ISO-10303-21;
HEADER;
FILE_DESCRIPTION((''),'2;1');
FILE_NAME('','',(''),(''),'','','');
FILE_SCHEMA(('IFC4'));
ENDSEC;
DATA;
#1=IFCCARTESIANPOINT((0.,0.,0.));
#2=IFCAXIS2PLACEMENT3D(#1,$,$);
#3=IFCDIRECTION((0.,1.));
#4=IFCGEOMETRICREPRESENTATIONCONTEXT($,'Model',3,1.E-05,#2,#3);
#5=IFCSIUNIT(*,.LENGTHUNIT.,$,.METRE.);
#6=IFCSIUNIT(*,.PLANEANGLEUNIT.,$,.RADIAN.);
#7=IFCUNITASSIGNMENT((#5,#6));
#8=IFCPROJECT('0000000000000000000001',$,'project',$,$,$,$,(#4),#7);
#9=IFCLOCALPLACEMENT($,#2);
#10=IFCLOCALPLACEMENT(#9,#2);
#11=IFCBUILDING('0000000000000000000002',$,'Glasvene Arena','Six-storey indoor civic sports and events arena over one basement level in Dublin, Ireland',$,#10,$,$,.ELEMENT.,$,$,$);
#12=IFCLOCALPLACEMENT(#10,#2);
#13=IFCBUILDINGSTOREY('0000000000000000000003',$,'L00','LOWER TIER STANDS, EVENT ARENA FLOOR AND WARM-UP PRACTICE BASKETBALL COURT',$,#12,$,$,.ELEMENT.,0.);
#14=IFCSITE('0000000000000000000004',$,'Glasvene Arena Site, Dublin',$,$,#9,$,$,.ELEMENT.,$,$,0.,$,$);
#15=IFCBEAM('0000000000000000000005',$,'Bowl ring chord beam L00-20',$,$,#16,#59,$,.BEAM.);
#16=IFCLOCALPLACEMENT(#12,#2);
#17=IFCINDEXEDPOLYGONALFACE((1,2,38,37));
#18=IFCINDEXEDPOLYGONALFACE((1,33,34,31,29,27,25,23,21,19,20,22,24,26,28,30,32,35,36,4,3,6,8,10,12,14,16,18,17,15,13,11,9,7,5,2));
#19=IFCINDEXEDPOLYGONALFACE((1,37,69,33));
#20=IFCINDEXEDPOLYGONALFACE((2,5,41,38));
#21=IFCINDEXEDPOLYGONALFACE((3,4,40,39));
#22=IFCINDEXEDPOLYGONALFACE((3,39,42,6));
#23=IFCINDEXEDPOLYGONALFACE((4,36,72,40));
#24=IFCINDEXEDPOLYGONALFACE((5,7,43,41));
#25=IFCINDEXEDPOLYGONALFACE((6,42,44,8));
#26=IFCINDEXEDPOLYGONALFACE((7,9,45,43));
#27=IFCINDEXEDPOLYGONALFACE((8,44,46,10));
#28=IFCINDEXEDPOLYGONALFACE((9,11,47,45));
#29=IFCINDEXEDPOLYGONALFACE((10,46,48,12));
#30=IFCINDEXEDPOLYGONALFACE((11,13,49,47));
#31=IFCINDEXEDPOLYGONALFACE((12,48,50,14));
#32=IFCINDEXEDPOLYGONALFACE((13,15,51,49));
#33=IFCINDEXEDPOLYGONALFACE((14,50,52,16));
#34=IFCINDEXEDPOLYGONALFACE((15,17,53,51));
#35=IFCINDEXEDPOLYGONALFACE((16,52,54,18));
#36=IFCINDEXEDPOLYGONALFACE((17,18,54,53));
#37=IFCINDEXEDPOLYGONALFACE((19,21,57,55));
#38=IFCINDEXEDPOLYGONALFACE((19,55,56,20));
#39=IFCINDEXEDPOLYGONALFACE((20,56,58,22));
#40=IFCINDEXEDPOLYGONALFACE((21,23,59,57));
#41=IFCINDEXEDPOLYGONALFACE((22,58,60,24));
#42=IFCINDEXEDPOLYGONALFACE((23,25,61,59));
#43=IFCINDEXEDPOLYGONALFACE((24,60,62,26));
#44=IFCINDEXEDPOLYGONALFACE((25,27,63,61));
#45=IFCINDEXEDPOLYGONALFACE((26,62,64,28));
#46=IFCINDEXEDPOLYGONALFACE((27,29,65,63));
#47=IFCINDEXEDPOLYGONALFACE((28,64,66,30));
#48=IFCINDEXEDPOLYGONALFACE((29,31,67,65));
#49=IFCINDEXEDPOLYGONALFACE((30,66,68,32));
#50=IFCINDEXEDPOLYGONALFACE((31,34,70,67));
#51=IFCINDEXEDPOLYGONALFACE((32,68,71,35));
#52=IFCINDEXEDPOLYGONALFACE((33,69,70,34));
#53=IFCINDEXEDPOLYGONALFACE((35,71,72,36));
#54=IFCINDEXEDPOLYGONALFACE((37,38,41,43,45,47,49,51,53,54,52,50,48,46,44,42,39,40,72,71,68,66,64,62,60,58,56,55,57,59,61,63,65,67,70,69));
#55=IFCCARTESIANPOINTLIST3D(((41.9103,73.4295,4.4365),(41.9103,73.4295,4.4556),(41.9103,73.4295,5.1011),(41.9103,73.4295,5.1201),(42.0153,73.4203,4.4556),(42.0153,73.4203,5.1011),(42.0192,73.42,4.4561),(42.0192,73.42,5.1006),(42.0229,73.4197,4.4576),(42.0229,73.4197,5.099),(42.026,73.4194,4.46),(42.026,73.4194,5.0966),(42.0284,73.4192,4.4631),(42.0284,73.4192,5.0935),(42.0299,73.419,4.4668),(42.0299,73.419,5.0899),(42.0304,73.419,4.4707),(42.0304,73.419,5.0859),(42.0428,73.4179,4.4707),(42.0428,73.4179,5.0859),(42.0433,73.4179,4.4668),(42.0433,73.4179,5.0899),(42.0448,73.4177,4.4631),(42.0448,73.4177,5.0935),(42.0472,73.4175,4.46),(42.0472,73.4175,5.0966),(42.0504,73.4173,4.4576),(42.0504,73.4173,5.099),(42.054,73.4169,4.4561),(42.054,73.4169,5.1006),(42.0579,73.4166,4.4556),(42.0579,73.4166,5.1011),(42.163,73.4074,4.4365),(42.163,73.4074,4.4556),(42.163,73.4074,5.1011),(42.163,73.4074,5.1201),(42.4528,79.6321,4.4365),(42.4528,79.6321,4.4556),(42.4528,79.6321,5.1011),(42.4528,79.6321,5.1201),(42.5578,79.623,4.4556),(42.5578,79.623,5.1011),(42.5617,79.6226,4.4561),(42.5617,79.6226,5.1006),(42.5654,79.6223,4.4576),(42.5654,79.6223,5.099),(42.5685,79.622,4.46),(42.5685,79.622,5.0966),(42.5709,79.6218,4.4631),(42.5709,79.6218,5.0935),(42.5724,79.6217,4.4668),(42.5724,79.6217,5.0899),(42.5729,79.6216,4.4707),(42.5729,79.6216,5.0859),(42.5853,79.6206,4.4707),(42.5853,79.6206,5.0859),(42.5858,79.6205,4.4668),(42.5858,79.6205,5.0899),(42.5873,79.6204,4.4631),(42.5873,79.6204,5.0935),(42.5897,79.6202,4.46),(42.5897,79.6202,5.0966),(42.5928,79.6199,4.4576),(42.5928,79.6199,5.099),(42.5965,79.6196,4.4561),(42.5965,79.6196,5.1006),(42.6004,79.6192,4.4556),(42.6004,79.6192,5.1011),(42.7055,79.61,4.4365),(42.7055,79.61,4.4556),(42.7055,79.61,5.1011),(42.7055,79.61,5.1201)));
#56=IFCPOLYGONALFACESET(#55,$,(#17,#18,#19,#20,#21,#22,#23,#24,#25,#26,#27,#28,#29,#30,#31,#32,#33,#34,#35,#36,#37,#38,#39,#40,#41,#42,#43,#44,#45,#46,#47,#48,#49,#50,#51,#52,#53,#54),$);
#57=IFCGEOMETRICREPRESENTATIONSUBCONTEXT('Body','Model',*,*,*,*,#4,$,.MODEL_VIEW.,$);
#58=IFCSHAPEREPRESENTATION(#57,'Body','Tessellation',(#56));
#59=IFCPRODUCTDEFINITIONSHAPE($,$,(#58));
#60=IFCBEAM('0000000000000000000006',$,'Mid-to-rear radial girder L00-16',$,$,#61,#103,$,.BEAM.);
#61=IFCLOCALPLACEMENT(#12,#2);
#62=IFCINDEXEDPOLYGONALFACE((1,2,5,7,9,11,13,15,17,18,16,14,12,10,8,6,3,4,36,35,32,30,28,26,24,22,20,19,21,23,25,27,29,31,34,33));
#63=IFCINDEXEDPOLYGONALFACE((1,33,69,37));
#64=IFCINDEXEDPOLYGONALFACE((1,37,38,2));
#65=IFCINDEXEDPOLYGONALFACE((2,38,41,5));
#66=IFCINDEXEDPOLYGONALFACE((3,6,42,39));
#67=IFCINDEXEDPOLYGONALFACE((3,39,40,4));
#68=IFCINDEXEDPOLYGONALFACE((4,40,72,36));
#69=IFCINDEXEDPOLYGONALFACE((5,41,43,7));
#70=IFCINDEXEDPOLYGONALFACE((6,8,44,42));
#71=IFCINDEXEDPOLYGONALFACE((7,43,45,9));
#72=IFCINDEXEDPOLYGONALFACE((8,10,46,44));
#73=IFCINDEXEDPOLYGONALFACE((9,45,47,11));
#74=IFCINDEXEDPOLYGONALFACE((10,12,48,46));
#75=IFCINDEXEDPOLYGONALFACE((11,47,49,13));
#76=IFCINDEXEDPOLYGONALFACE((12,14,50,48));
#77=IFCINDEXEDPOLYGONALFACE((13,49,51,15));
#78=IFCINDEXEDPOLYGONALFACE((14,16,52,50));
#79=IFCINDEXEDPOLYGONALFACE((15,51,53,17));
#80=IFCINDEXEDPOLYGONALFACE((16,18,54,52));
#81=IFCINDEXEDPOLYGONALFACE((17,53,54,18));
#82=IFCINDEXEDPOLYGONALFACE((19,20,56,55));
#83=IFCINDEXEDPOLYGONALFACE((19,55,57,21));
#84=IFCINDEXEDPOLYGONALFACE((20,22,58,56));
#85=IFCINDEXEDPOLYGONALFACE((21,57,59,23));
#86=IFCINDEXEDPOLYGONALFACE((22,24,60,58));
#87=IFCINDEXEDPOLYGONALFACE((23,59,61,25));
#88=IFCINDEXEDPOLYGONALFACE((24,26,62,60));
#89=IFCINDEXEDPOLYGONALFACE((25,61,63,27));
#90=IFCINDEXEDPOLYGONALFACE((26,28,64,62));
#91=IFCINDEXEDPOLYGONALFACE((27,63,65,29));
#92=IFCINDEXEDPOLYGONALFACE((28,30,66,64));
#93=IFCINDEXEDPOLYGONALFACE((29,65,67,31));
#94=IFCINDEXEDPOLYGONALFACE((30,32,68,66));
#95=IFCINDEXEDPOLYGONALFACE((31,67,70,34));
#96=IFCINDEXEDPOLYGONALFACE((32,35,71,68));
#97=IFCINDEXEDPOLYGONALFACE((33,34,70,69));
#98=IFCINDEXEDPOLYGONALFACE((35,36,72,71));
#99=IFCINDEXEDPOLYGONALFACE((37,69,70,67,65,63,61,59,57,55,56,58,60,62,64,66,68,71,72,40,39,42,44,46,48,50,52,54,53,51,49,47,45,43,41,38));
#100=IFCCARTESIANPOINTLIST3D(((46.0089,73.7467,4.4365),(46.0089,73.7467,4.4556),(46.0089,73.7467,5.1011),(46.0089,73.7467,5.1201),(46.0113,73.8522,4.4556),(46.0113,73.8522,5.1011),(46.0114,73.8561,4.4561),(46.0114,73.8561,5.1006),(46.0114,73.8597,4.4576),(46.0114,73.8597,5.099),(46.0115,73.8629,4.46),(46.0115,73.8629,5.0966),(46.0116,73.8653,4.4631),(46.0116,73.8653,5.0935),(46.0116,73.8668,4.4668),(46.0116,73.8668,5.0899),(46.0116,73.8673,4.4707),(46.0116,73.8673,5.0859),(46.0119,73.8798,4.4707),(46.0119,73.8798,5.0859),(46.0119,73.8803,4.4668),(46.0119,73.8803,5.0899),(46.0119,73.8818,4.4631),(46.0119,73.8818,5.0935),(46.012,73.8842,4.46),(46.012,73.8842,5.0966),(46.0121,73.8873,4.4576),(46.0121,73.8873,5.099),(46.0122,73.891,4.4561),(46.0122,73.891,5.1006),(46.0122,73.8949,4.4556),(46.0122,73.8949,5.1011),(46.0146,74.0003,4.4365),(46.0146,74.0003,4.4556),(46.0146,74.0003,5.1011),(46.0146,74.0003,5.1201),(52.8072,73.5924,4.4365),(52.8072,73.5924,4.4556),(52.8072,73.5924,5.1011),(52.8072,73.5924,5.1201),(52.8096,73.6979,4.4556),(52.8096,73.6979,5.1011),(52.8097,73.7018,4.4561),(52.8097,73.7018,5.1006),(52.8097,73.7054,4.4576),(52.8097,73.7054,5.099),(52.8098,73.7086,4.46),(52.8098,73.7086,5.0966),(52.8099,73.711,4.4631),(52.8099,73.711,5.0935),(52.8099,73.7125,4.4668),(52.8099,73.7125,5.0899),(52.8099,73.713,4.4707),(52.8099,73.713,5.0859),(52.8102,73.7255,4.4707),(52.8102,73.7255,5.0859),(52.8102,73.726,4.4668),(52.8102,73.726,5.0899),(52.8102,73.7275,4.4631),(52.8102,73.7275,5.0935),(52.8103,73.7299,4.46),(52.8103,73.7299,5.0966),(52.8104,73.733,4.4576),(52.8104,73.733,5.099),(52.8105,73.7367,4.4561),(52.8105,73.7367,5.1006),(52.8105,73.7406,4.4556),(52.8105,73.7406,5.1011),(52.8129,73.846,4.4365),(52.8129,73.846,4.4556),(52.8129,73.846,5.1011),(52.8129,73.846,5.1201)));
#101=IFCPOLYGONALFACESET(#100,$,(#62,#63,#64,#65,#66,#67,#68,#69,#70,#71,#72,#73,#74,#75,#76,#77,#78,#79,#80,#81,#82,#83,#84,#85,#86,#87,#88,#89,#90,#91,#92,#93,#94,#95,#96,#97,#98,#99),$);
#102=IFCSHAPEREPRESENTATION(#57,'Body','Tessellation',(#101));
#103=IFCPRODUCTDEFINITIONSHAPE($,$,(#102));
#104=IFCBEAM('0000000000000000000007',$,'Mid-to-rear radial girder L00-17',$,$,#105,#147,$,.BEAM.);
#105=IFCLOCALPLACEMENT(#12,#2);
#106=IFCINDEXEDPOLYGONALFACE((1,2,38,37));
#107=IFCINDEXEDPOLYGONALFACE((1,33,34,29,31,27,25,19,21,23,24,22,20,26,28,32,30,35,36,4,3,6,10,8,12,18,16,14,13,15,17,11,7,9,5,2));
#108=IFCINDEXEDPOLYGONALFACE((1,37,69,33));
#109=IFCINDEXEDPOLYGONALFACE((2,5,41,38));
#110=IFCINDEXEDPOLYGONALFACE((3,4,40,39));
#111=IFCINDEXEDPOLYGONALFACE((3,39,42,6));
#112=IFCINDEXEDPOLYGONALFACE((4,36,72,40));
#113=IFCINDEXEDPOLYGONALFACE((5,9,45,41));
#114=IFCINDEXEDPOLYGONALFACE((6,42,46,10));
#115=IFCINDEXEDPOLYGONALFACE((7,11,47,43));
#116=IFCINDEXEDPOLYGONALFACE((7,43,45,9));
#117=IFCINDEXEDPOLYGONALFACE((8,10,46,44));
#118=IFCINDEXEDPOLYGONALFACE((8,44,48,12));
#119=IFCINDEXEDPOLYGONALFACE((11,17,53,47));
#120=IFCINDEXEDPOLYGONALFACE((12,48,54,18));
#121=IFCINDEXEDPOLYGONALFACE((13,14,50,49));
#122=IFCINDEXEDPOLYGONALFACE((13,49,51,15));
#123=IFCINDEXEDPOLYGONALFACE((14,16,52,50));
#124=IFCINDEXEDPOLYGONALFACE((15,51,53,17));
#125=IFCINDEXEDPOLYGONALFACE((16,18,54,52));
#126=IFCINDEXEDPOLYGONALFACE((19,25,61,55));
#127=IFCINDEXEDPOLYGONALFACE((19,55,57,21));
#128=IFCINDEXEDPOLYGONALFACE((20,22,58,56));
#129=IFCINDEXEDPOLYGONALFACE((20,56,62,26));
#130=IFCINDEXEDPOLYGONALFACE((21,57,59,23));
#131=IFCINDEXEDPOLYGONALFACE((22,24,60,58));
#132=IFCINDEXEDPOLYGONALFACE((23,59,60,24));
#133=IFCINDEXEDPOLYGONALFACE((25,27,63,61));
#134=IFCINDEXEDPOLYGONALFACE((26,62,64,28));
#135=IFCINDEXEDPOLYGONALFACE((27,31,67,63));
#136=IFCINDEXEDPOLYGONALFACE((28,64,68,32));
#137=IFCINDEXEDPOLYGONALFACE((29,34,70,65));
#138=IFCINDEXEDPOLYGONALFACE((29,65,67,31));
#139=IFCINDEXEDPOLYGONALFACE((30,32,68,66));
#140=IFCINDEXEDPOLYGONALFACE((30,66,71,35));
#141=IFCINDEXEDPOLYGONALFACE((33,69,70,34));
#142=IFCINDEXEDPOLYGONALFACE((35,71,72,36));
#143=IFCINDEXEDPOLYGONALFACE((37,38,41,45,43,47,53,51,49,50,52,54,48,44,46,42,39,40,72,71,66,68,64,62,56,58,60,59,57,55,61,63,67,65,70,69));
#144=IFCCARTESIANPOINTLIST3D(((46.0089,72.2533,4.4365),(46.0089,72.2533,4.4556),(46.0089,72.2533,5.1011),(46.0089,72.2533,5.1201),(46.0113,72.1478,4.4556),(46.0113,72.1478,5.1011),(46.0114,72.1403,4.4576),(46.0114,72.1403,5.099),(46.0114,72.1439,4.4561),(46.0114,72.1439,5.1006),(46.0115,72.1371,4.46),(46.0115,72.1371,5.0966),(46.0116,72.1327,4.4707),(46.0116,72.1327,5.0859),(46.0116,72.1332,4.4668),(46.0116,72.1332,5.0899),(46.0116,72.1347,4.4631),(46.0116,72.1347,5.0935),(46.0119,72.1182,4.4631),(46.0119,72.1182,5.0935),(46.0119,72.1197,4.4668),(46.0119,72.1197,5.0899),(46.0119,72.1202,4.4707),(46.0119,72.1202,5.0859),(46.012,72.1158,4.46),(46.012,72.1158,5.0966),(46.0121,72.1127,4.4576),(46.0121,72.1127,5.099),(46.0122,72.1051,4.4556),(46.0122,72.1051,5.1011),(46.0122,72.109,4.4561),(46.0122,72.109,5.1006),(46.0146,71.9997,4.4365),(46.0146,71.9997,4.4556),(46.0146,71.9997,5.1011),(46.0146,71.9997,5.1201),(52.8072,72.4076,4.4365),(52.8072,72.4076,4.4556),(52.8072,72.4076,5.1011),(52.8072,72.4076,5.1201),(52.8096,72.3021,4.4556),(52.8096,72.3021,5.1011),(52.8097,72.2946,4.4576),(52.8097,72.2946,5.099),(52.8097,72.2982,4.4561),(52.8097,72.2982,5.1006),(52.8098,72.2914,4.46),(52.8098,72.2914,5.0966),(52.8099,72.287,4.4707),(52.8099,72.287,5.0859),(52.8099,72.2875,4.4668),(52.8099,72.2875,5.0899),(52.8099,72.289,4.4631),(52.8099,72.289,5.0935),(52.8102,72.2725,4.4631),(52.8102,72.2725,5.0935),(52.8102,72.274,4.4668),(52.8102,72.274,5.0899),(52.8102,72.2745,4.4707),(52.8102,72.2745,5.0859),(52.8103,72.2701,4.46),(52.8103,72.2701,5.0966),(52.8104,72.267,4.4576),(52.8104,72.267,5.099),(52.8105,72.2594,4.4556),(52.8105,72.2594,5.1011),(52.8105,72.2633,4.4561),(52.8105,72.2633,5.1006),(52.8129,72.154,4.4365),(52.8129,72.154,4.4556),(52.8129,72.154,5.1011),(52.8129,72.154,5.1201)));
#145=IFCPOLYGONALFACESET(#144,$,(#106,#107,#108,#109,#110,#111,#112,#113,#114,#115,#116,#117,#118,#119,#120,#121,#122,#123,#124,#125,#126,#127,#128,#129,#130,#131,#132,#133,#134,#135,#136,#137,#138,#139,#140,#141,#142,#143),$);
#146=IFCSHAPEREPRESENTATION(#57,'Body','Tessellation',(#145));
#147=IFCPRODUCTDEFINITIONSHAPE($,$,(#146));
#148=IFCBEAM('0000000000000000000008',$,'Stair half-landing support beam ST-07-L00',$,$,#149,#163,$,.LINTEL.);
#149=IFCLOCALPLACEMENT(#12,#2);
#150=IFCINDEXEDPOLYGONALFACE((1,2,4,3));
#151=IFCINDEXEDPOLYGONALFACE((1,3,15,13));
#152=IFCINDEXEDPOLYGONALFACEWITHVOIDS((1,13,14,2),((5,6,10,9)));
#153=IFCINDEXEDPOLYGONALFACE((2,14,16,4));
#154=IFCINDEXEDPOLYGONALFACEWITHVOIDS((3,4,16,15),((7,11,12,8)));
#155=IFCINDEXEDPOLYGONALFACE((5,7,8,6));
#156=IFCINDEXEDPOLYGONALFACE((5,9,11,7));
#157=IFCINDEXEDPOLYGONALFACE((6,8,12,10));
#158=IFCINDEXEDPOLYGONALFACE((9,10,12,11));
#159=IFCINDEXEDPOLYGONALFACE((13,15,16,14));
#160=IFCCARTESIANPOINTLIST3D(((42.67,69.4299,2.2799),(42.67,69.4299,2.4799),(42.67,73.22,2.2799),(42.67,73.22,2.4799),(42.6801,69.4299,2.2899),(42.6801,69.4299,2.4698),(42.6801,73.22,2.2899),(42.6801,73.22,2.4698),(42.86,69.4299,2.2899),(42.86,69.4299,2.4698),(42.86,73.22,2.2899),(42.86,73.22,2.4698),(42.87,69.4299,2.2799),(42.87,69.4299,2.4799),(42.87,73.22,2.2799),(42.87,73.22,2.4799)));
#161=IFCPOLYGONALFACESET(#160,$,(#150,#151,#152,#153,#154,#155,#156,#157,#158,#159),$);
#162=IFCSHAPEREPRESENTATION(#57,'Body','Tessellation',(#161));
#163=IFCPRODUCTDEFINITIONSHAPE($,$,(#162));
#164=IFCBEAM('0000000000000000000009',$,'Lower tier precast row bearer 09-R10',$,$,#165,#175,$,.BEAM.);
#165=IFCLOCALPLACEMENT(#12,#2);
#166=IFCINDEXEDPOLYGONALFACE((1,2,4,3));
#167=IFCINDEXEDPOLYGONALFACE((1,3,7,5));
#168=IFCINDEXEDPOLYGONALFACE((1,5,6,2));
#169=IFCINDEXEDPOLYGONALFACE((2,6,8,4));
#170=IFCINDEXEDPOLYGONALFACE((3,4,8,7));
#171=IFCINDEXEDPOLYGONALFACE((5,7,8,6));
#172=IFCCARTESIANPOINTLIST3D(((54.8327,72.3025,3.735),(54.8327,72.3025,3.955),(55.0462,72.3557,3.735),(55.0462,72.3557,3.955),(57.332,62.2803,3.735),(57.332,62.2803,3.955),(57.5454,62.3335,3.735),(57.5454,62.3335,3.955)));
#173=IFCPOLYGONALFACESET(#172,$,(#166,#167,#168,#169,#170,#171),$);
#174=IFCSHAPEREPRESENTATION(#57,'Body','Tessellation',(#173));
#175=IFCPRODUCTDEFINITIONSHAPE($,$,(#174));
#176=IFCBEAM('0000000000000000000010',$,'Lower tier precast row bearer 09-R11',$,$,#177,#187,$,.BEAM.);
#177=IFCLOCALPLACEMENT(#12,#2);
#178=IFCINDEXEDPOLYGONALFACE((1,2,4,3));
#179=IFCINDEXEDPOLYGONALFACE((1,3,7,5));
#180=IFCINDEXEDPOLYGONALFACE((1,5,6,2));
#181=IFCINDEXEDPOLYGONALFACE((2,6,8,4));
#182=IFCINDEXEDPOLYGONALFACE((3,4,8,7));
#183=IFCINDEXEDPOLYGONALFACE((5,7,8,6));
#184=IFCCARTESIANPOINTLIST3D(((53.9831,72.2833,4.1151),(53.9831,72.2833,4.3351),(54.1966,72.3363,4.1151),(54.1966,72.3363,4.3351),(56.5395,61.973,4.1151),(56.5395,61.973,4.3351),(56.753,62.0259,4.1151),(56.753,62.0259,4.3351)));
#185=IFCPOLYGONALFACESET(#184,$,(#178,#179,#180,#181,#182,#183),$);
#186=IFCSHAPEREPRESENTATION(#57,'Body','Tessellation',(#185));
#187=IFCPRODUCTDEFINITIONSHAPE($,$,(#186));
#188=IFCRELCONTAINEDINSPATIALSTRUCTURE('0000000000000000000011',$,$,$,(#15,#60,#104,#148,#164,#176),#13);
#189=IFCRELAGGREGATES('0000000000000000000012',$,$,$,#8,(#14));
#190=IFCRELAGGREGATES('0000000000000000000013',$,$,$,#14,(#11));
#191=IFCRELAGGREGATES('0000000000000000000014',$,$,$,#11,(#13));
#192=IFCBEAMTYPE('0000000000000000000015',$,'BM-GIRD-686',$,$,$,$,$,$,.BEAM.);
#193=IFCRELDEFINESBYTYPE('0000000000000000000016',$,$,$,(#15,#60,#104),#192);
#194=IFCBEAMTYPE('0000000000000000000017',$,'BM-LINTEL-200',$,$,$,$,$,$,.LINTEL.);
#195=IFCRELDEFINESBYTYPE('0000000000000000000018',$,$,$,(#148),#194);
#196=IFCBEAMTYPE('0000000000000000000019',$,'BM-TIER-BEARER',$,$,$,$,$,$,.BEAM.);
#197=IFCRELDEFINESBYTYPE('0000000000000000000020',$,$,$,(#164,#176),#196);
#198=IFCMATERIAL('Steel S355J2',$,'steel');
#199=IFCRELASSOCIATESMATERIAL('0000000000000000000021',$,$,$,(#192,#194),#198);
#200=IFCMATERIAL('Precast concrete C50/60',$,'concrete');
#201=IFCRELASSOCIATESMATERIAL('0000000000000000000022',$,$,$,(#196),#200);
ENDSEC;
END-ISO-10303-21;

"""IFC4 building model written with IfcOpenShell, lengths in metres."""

from ifc_helpers import new_model, si_unit, direction, frame, origin, origin_2d, place, context, subcontext, project, spatial, rectangle, hollow_rectangle, i_section, extrude, material, material_profile, profile_set, type_object, element, save


model = new_model("IFC4")

# Units and contexts
model_context = context("Model", 3, precision=1e-05, world=origin(), true_north=direction((0.0, 1.0)))
body_context = subcontext(model_context, "Body", "Model", "MODEL_VIEW")
ifc_project = project(units=[si_unit("LENGTHUNIT", "METRE"), si_unit("PLANEANGLEUNIT", "RADIAN")], contexts=[model_context])

# Site, building, storey
site_placement = place(None, origin())
site = spatial("IfcSite", under=ifc_project, at=site_placement, Name="Glasvene Arena Site, Dublin", CompositionType="ELEMENT", RefElevation=0.0)
building_placement = place(site_placement, origin())
building = spatial("IfcBuilding", under=site, at=building_placement, Name="Glasvene Arena", Description="Six-storey indoor civic sports and events arena over one basement level in Dublin, Ireland", CompositionType="ELEMENT")
storey_placement = place(building_placement, origin())
storey = spatial("IfcBuildingStorey", under=building, at=storey_placement, Name="L00", Description="LOWER TIER STANDS, EVENT ARENA FLOOR AND WARM-UP PRACTICE BASKETBALL COURT", CompositionType="ELEMENT", Elevation=0.0)

# Shared definitions
ifc_material_1 = material(Name="Steel S355J2", Category="steel")

# Beams
ifc_material_profile_1 = material_profile(ifc_material_1, i_section(OverallWidth=0.2537, OverallDepth=0.6836, WebThickness=0.0125, FlangeThickness=0.019, FilletRadius=0.0151, at=origin_2d()), Name="UKB 686x254x140")
ifc_profile_set_1 = profile_set([ifc_material_profile_1], Name="Steel S355J2")
beam_type_1 = type_object("IfcBeamType", Name="BM-GIRD-686", PredefinedType="BEAM", material=ifc_profile_set_1)
beam_1_placement = place(storey_placement, frame((42.5791, 79.6211, 4.7783), z_axis=(-0.087127, -0.996197, 0.0), x_axis=(0.996197, -0.087127, 0.0)))
element("IfcBeam", 1, at=beam_1_placement, inside=storey, type_object=beam_type_1, Name="Bowl ring chord beam L00-20", PredefinedType="BEAM", context=body_context, shape_type="SweptSolid", body=[
    extrude(i_section(OverallWidth=0.2537, OverallDepth=0.6836, WebThickness=0.0125, FlangeThickness=0.019, FilletRadius=0.0151, at=origin_2d()), origin(), (0.0, 0.0, 1.0), 6.2263),
])
for number, where, z_axis, x_axis, name in (
    (2, (52.8101, 73.7192, 4.7783), (-0.999743, 0.02269, 0.0), (-0.02269, -0.999743, 0.0), "Mid-to-rear radial girder L00-16"),
    (3, (52.8101, 72.2808, 4.7783), (-0.999743, -0.02269, 0.0), (0.02269, -0.999743, 0.0), "Mid-to-rear radial girder L00-17"),
):
    element("IfcBeam", number, at=place(storey_placement, frame(where, z_axis=z_axis, x_axis=x_axis)), inside=storey, type_object=beam_type_1, Name=name, PredefinedType="BEAM", context=body_context, shape_type="SweptSolid", body=[
        extrude(i_section(OverallWidth=0.2537, OverallDepth=0.6836, WebThickness=0.0125, FlangeThickness=0.019, FilletRadius=0.0151, at=origin_2d()), origin(), (0.0, 0.0, 1.0), 6.8),
    ])
ifc_material_profile_2 = material_profile(ifc_material_1, hollow_rectangle(XDim=0.2, YDim=0.2, WallThickness=0.01, at=origin_2d()), Name="SHS 200x200x10.0")
ifc_profile_set_2 = profile_set([ifc_material_profile_2], Name="Steel S355J2")
beam_type_2 = type_object("IfcBeamType", Name="BM-LINTEL-200", PredefinedType="LINTEL", material=ifc_profile_set_2)
beam_2_placement = place(storey_placement, frame((42.77, 69.4299, 2.3799), z_axis=(0.0, 1.0, 0.0), x_axis=(-1.0, 0.0, 0.0)))
element("IfcBeam", 4, at=beam_2_placement, inside=storey, type_object=beam_type_2, Name="Stair half-landing support beam ST-07-L00", PredefinedType="LINTEL", context=body_context, shape_type="SweptSolid", body=[
    extrude(hollow_rectangle(XDim=0.2, YDim=0.2, WallThickness=0.01, at=origin_2d()), origin(), (0.0, 0.0, 1.0), 3.79),
])
ifc_material_2 = material(Name="Precast concrete C50/60", Category="concrete")
ifc_material_profile_3 = material_profile(ifc_material_2, rectangle(XDim=0.22, YDim=0.22, at=origin_2d()), Name="RC 220x220")
ifc_profile_set_3 = profile_set([ifc_material_profile_3], Name="Precast concrete C50/60")
beam_type_3 = type_object("IfcBeamType", Name="BM-TIER-BEARER", PredefinedType="BEAM", material=ifc_profile_set_3)
beam_3_placement = place(storey_placement, frame((54.9395, 72.3291, 3.845), z_axis=(0.241963, -0.970286, 0.0), x_axis=(0.970286, 0.241963, 0.0)))
element("IfcBeam", 5, at=beam_3_placement, inside=storey, type_object=beam_type_3, Name="Lower tier precast row bearer 09-R10", PredefinedType="BEAM", context=body_context, shape_type="SweptSolid", body=[
    extrude(rectangle(XDim=0.22, YDim=0.22, at=origin_2d()), origin(), (0.0, 0.0, 1.0), 10.3291),
])
beam_4_placement = place(storey_placement, frame((54.0898, 72.3098, 4.2251), z_axis=(0.240659, -0.97061, 0.0), x_axis=(0.97061, 0.240659, 0.0)))
element("IfcBeam", 6, at=beam_4_placement, inside=storey, type_object=beam_type_3, Name="Lower tier precast row bearer 09-R11", PredefinedType="BEAM", context=body_context, shape_type="SweptSolid", body=[
    extrude(rectangle(XDim=0.22, YDim=0.22, at=origin_2d()), origin(), (0.0, 0.0, 1.0), 10.6226),
])

save(model, "model.ifc")
